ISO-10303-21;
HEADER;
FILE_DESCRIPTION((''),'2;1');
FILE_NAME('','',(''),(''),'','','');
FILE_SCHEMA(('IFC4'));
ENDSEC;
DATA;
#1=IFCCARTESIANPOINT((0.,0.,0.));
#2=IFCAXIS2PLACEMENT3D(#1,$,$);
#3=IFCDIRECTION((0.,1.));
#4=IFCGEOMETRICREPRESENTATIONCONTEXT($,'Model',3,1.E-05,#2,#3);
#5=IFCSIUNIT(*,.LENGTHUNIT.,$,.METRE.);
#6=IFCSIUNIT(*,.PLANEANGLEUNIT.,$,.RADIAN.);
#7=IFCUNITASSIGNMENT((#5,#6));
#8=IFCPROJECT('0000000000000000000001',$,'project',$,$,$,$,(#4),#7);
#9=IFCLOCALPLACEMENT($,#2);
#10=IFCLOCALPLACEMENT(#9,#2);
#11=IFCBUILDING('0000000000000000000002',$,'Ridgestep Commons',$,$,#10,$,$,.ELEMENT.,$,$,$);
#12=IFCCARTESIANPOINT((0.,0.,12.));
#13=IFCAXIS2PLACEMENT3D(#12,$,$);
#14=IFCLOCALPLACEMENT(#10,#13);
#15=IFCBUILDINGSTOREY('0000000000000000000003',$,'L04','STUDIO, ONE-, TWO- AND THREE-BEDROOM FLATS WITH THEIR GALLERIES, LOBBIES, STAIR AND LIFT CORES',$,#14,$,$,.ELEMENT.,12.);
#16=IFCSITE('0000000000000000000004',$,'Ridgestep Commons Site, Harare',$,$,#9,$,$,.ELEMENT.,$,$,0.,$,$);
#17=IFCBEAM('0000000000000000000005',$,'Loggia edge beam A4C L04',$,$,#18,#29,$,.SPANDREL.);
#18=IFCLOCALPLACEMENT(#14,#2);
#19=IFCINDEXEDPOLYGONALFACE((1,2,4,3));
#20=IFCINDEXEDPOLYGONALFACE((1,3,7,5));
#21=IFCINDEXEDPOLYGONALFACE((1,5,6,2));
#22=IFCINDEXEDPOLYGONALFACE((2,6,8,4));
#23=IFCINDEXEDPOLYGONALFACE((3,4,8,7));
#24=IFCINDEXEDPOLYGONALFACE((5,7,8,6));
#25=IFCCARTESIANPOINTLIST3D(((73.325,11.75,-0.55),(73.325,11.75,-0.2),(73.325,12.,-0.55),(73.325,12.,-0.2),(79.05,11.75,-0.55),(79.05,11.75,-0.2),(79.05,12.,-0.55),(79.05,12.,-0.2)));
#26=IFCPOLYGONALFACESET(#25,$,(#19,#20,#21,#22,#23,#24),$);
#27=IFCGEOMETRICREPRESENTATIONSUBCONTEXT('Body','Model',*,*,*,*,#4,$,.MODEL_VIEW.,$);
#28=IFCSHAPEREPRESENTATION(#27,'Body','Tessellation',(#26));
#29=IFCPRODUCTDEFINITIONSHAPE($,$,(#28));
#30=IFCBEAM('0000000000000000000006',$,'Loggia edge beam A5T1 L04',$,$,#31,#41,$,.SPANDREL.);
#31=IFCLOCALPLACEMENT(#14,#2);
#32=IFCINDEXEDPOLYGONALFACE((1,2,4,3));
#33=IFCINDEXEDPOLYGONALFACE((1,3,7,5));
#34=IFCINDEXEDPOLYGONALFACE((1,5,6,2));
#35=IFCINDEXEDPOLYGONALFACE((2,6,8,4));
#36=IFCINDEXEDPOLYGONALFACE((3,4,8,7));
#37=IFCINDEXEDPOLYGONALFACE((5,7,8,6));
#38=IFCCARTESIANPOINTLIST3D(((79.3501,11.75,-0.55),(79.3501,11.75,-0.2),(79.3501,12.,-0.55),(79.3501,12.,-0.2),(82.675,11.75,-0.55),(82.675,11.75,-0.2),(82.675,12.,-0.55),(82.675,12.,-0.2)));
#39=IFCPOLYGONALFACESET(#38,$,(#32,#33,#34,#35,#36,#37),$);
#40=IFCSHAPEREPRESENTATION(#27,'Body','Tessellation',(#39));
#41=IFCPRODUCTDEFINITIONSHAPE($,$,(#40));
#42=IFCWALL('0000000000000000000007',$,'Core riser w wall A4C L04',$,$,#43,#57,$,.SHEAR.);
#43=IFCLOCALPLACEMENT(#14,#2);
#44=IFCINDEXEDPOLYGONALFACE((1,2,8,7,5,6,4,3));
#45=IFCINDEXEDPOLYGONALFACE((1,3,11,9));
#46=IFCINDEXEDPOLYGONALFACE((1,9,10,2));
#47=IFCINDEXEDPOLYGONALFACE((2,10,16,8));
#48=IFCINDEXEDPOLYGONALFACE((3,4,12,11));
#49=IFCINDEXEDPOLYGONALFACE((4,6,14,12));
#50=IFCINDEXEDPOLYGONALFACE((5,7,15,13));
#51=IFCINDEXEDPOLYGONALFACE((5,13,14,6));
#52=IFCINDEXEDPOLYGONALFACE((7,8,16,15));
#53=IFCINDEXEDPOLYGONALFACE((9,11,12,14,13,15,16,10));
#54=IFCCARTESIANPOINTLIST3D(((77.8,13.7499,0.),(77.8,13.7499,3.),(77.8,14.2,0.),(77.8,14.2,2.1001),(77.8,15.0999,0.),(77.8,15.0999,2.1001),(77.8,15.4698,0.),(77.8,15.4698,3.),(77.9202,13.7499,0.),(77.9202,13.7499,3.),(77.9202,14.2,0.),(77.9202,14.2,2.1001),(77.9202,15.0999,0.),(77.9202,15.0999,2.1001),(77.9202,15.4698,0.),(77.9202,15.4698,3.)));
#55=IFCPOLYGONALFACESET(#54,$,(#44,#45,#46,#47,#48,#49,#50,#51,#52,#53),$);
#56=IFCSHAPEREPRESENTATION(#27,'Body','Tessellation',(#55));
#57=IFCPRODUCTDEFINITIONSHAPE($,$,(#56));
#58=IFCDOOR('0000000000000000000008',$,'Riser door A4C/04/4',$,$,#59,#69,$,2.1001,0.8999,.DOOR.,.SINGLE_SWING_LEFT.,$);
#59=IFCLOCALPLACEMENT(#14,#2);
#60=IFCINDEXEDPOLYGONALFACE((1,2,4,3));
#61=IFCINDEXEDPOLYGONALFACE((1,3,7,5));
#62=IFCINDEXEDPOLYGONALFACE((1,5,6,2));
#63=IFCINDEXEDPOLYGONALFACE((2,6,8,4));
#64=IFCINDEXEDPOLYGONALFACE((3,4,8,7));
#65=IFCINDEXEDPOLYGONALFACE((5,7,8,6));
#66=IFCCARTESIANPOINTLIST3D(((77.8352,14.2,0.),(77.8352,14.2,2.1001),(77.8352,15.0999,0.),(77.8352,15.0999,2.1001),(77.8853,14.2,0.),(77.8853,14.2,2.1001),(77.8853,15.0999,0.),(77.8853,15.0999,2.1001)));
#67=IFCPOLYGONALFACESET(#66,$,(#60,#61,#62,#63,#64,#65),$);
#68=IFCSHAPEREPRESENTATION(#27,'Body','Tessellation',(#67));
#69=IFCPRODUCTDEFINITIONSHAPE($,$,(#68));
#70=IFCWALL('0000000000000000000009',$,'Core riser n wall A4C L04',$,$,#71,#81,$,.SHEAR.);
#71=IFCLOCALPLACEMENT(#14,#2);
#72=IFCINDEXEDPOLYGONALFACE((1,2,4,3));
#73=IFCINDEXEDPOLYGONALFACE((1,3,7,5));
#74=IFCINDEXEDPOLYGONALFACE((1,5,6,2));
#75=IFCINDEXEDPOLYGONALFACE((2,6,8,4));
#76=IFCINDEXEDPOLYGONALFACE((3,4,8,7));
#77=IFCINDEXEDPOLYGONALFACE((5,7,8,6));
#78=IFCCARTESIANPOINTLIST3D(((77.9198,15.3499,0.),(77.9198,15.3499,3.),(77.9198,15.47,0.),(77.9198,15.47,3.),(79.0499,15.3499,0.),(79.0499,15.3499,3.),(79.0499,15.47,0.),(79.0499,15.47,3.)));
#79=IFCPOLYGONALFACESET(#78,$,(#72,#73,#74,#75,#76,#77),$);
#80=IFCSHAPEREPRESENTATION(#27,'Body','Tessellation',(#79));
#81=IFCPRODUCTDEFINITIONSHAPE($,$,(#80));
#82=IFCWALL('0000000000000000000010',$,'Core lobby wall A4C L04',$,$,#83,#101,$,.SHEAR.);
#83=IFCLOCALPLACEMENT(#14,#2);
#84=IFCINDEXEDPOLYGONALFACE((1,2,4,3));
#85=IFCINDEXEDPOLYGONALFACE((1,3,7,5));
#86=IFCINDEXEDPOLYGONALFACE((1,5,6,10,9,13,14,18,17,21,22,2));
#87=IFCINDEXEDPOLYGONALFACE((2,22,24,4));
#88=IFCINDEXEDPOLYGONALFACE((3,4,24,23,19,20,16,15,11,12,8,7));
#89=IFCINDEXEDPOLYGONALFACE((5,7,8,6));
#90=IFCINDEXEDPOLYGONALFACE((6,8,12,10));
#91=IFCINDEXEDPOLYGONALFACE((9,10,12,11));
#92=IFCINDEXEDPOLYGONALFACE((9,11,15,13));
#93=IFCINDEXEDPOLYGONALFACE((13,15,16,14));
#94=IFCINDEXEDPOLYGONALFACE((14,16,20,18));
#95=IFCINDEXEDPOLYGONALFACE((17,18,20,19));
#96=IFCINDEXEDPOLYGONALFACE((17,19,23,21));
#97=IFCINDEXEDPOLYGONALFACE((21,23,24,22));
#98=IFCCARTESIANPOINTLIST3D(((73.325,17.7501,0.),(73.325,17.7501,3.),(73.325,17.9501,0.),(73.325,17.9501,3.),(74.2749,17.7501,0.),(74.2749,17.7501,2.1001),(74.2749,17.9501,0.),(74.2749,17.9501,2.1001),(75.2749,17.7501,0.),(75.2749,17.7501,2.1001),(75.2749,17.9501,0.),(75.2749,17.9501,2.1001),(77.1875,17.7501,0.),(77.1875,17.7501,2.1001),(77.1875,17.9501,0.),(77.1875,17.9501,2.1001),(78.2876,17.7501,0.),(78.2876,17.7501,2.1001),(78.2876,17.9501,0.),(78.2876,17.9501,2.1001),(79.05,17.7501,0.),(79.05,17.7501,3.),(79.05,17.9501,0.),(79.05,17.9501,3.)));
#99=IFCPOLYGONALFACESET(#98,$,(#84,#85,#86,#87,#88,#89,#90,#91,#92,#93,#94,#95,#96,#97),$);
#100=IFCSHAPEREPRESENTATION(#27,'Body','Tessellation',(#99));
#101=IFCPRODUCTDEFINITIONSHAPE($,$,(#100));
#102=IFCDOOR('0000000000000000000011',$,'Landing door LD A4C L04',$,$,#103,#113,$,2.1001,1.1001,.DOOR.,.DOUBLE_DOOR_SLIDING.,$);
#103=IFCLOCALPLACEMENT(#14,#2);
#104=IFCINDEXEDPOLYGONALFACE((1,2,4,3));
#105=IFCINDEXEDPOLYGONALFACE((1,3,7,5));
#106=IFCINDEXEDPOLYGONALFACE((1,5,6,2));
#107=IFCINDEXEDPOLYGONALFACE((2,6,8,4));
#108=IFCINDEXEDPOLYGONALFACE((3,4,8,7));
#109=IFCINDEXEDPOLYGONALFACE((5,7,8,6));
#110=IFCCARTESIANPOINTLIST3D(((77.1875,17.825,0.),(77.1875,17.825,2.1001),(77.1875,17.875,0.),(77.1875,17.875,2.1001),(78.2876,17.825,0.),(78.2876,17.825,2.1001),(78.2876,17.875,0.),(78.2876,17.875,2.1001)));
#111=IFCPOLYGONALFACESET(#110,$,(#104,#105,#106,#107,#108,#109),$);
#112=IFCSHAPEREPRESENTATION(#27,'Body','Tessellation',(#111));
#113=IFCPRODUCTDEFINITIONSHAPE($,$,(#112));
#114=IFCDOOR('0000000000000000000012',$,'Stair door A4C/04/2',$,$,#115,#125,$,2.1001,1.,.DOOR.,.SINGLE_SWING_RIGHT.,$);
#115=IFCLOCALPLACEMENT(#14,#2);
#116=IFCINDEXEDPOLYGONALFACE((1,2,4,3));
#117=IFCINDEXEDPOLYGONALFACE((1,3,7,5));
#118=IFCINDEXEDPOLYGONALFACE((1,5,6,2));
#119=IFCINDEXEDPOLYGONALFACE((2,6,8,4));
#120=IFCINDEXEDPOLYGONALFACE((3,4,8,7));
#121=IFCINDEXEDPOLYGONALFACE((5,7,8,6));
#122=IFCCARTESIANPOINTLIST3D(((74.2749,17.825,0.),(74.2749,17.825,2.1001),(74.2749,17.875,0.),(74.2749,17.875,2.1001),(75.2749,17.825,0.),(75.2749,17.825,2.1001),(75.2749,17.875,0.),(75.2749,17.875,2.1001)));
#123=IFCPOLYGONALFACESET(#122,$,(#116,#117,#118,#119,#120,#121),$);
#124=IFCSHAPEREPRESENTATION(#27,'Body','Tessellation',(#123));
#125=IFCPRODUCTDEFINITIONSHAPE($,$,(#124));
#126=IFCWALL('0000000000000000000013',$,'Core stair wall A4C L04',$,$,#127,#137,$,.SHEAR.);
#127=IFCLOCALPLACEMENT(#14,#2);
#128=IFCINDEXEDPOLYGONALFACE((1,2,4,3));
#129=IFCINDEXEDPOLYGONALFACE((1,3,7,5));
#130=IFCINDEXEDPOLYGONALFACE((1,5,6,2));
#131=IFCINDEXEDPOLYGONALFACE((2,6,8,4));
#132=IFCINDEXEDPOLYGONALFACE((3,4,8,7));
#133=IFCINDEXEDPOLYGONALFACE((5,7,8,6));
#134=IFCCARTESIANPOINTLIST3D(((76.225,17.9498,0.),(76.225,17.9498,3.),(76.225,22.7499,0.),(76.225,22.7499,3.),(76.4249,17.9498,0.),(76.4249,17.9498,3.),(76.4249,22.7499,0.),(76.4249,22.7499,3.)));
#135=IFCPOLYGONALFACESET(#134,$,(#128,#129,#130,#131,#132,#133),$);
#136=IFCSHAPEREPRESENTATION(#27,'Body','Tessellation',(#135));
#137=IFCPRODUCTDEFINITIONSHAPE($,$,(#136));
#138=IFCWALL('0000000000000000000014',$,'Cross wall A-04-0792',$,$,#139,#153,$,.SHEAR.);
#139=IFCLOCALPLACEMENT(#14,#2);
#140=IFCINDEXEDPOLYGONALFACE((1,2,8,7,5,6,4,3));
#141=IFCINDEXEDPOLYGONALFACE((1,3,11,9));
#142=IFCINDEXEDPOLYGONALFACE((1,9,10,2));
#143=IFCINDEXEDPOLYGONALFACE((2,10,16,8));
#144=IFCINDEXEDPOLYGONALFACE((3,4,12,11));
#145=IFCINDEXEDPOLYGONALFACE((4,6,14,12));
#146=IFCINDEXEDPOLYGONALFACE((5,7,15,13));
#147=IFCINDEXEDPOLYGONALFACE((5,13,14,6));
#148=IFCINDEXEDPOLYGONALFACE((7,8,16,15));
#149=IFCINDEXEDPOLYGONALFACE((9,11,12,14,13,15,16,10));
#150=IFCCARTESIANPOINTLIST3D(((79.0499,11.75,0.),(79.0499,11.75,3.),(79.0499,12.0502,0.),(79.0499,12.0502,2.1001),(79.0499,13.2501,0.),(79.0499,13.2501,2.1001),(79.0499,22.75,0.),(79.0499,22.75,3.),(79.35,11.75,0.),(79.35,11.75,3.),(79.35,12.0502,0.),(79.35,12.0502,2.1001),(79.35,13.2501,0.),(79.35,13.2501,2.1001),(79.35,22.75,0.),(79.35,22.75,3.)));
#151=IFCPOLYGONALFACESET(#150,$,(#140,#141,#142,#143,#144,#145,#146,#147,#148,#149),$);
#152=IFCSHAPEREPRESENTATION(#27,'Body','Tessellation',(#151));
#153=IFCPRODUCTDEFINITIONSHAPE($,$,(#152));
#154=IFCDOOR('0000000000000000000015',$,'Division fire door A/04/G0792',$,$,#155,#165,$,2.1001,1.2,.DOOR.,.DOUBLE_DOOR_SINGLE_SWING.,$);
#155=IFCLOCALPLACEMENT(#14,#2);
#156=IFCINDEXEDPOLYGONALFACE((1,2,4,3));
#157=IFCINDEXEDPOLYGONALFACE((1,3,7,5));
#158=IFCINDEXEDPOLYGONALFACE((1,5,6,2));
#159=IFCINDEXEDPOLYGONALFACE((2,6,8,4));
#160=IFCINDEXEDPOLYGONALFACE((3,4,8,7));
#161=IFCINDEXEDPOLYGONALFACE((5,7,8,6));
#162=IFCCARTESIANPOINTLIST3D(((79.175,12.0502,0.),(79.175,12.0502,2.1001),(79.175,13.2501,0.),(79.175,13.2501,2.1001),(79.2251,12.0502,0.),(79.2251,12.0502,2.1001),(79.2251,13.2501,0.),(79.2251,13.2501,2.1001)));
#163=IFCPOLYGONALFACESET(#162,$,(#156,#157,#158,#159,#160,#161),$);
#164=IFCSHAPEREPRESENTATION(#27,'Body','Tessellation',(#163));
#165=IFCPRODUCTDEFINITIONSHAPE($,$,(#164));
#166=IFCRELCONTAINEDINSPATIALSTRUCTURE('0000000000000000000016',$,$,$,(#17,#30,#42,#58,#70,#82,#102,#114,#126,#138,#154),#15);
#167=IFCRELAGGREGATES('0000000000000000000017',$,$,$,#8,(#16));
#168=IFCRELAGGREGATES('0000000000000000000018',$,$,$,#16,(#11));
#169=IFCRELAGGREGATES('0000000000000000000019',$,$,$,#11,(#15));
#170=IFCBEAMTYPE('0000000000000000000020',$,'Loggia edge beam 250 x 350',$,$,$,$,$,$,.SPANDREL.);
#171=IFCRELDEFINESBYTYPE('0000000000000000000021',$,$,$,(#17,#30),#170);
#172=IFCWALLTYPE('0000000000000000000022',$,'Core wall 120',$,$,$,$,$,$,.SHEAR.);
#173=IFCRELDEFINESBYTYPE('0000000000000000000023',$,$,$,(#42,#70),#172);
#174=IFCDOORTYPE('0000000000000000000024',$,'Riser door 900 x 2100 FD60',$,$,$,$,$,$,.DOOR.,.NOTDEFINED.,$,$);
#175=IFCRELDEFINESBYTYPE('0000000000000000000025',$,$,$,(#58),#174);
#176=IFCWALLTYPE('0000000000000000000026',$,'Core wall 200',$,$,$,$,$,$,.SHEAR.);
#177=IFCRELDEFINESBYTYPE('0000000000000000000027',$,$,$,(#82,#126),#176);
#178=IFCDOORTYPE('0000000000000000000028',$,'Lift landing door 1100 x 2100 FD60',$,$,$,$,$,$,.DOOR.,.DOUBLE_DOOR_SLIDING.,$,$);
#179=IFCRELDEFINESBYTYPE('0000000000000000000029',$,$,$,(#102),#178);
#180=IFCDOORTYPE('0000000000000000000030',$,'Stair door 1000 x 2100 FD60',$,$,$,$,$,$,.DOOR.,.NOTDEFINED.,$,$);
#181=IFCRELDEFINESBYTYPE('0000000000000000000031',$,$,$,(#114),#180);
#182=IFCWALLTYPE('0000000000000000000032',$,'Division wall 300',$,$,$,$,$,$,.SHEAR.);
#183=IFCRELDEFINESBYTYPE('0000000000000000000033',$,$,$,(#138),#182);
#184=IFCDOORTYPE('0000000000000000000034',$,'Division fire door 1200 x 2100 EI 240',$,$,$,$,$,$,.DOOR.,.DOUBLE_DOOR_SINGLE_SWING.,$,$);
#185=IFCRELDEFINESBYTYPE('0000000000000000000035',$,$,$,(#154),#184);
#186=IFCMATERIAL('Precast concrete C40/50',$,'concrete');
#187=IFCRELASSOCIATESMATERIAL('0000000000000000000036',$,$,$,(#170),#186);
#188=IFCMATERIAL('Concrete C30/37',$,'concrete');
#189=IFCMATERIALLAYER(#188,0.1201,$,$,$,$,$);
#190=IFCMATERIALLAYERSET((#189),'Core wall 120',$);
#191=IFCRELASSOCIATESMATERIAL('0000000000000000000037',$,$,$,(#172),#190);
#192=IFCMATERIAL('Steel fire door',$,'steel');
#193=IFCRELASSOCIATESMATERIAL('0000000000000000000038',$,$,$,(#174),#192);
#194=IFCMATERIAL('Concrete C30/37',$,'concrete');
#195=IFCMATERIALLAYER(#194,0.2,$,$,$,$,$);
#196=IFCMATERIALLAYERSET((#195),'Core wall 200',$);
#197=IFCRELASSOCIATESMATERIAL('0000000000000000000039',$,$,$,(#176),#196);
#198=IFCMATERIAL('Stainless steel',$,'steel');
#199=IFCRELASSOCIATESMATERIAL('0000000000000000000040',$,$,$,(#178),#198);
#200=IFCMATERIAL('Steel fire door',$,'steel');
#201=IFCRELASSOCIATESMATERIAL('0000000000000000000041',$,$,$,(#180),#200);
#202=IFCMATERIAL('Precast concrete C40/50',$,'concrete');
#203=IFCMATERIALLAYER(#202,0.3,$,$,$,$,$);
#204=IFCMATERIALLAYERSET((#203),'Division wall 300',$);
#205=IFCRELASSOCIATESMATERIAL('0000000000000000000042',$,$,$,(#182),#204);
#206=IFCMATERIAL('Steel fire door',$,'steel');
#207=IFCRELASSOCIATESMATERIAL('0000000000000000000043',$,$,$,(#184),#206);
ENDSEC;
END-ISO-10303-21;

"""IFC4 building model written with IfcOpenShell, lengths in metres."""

from ifc_helpers import new_model, si_unit, direction, frame, frame_2d, origin, origin_2d, place, context, subcontext, project, spatial, rectangle, extrude, material, layer, layer_set, material_profile, profile_set, type_object, element, fill, save


model = new_model("IFC4")

# Units and contexts
model_context = context("Model", 3, precision=1e-05, world=origin(), true_north=direction((0.0, 1.0)))
body_context = subcontext(model_context, "Body", "Model", "MODEL_VIEW")
ifc_project = project(units=[si_unit("LENGTHUNIT", "METRE"), si_unit("PLANEANGLEUNIT", "RADIAN")], contexts=[model_context])

# Site, building, storey
site_placement = place(None, origin())
site = spatial("IfcSite", under=ifc_project, at=site_placement, Name="Ridgestep Commons Site, Harare", CompositionType="ELEMENT", RefElevation=0.0)
building_placement = place(site_placement, origin())
building = spatial("IfcBuilding", under=site, at=building_placement, Name="Ridgestep Commons", CompositionType="ELEMENT")
storey_placement = place(building_placement, frame((0.0, 0.0, 12.0)))
storey = spatial("IfcBuildingStorey", under=building, at=storey_placement, Name="L04", Description="STUDIO, ONE-, TWO- AND THREE-BEDROOM FLATS WITH THEIR GALLERIES, LOBBIES, STAIR AND LIFT CORES", CompositionType="ELEMENT", Elevation=12.0)

# Beams
ifc_material_1 = material(Name="Precast concrete C40/50", Category="concrete")
ifc_material_profile = material_profile(ifc_material_1, rectangle(XDim=0.25, YDim=0.3501, at=origin_2d()), Name="PC 250x350")
ifc_profile_set = profile_set([ifc_material_profile], Name="Precast concrete C40/50")
beam_type = type_object("IfcBeamType", Name="Loggia edge beam 250 x 350", PredefinedType="SPANDREL", material=ifc_profile_set)
beam_1_placement = place(storey_placement, frame((73.325, 11.875, -0.375), z_axis=(1.0, 0.0, 0.0), x_axis=(0.0, 1.0, 0.0)))
element("IfcBeam", 1, at=beam_1_placement, inside=storey, type_object=beam_type, Name="Loggia edge beam A4C L04", PredefinedType="SPANDREL", context=body_context, shape_type="SweptSolid", body=[
    extrude(rectangle(XDim=0.25, YDim=0.3501, at=origin_2d()), origin(), (0.0, 0.0, 1.0), 5.7251),
])
beam_2_placement = place(storey_placement, frame((79.3501, 11.875, -0.375), z_axis=(1.0, 0.0, 0.0), x_axis=(0.0, 1.0, 0.0)))
element("IfcBeam", 2, at=beam_2_placement, inside=storey, type_object=beam_type, Name="Loggia edge beam A5T1 L04", PredefinedType="SPANDREL", context=body_context, shape_type="SweptSolid", body=[
    extrude(rectangle(XDim=0.25, YDim=0.3501, at=origin_2d()), origin(), (0.0, 0.0, 1.0), 3.325),
])

# Wall, opening, door
ifc_material_2 = material(Name="Concrete C30/37", Category="concrete")
ifc_layer_1 = layer(ifc_material_2, 0.1201)
ifc_layer_set_1 = layer_set([ifc_layer_1], Name="Core wall 120")
wall_type_1 = type_object("IfcWallType", Name="Core wall 120", PredefinedType="SHEAR", material=ifc_layer_set_1)
wall_1_placement = place(storey_placement, frame((77.8601, 13.75, 0.0), z_axis=(0.0, 0.0, 1.0), x_axis=(0.0, 1.0, 0.0)))
wall_1 = element("IfcWall", 3, at=wall_1_placement, inside=storey, type_object=wall_type_1, Name="Core riser w wall A4C L04", PredefinedType="SHEAR", context=body_context, shape_type="SweptSolid", body=[
    extrude(rectangle(XDim=1.72, YDim=0.1201, at=frame_2d((0.8599, 0.0))), origin(), (0.0, 0.0, 1.0), 3.0),
])
opening_1_placement = place(wall_1_placement, frame((0.45, 0.0, 0.0)))
opening_1 = element("IfcOpeningElement", 4, at=opening_1_placement, cuts=wall_1, PredefinedType="OPENING", context=body_context, shape_type="SweptSolid", body=[
    extrude(rectangle(XDim=0.8999, YDim=2.1001, at=frame_2d((0.45, 1.05))), frame((0.0, 0.0701, 0.0), z_axis=(0.0, -1.0, 0.0), x_axis=(1.0, 0.0, 0.0)), (0.0, 0.0, 1.0), 0.1401),
])
ifc_material_3 = material(Name="Steel fire door", Category="steel")
door_type_1 = type_object("IfcDoorType", Name="Riser door 900 x 2100 FD60", OperationType="NOTDEFINED", PredefinedType="DOOR", material=ifc_material_3)
door_1_placement = place(opening_1_placement, origin())
door_1 = element("IfcDoor", 5, at=door_1_placement, inside=storey, type_object=door_type_1, Name="Riser door A4C/04/4", OperationType="SINGLE_SWING_LEFT", OverallHeight=2.1001, OverallWidth=0.8999, PredefinedType="DOOR", context=body_context, shape_type="SweptSolid", body=[
    extrude(rectangle(XDim=0.8999, YDim=2.1001, at=frame_2d((0.45, 1.05))), frame((0.0, 0.0249, 0.0), z_axis=(0.0, -1.0, 0.0), x_axis=(1.0, 0.0, 0.0)), (0.0, 0.0, 1.0), 0.05),
])
fill(opening_1, door_1)

# Wall
wall_2_placement = place(storey_placement, frame((77.9199, 15.4099, 0.0), z_axis=(0.0, 0.0, 1.0), x_axis=(1.0, 0.0, 0.0)))
element("IfcWall", 6, at=wall_2_placement, inside=storey, type_object=wall_type_1, Name="Core riser n wall A4C L04", PredefinedType="SHEAR", context=body_context, shape_type="SweptSolid", body=[
    extrude(rectangle(XDim=1.1301, YDim=0.1201, at=frame_2d((0.5649, 0.0))), origin(), (0.0, 0.0, 1.0), 3.0),
])

# Wall, openings, doors
ifc_material_4 = material(Name="Concrete C30/37", Category="concrete")
ifc_layer_2 = layer(ifc_material_4, 0.2)
ifc_layer_set_2 = layer_set([ifc_layer_2], Name="Core wall 200")
wall_type_2 = type_object("IfcWallType", Name="Core wall 200", PredefinedType="SHEAR", material=ifc_layer_set_2)
wall_3_placement = place(storey_placement, frame((73.325, 17.8501, 0.0), z_axis=(0.0, 0.0, 1.0), x_axis=(1.0, 0.0, 0.0)))
wall_3 = element("IfcWall", 7, at=wall_3_placement, inside=storey, type_object=wall_type_2, Name="Core lobby wall A4C L04", PredefinedType="SHEAR", context=body_context, shape_type="SweptSolid", body=[
    extrude(rectangle(XDim=5.7251, YDim=0.2, at=frame_2d((2.8625, 0.0))), origin(), (0.0, 0.0, 1.0), 3.0),
])
opening_2_placement = place(wall_3_placement, frame((0.95, 0.0, 0.0)))
opening_2 = element("IfcOpeningElement", 8, at=opening_2_placement, cuts=wall_3, PredefinedType="OPENING", context=body_context, shape_type="SweptSolid", body=[
    extrude(rectangle(XDim=1.0, YDim=2.1001, at=frame_2d((0.5, 1.05))), frame((0.0, 0.1099, 0.0), z_axis=(0.0, -1.0, 0.0), x_axis=(1.0, 0.0, 0.0)), (0.0, 0.0, 1.0), 0.22),
])
opening_3_placement = place(wall_3_placement, frame((3.8625, 0.0, 0.0)))
opening_3 = element("IfcOpeningElement", 9, at=opening_3_placement, cuts=wall_3, PredefinedType="OPENING", context=body_context, shape_type="SweptSolid", body=[
    extrude(rectangle(XDim=1.1001, YDim=2.1001, at=frame_2d((0.55, 1.05))), frame((0.0, 0.1099, 0.0), z_axis=(0.0, -1.0, 0.0), x_axis=(1.0, 0.0, 0.0)), (0.0, 0.0, 1.0), 0.22),
])
ifc_material_5 = material(Name="Stainless steel", Category="steel")
door_type_2 = type_object("IfcDoorType", Name="Lift landing door 1100 x 2100 FD60", OperationType="DOUBLE_DOOR_SLIDING", PredefinedType="DOOR", material=ifc_material_5)
door_2_placement = place(opening_3_placement, origin())
door_2 = element("IfcDoor", 10, at=door_2_placement, inside=storey, type_object=door_type_2, Name="Landing door LD A4C L04", OperationType="DOUBLE_DOOR_SLIDING", OverallHeight=2.1001, OverallWidth=1.1001, PredefinedType="DOOR", context=body_context, shape_type="SweptSolid", body=[
    extrude(rectangle(XDim=1.1001, YDim=2.1001, at=frame_2d((0.55, 1.05))), frame((0.0, 0.0249, 0.0), z_axis=(0.0, -1.0, 0.0), x_axis=(1.0, 0.0, 0.0)), (0.0, 0.0, 1.0), 0.05),
])
fill(opening_3, door_2)
ifc_material_6 = material(Name="Steel fire door", Category="steel")
door_type_3 = type_object("IfcDoorType", Name="Stair door 1000 x 2100 FD60", OperationType="NOTDEFINED", PredefinedType="DOOR", material=ifc_material_6)
door_3_placement = place(opening_2_placement, origin())
door_3 = element("IfcDoor", 11, at=door_3_placement, inside=storey, type_object=door_type_3, Name="Stair door A4C/04/2", OperationType="SINGLE_SWING_RIGHT", OverallHeight=2.1001, OverallWidth=1.0, PredefinedType="DOOR", context=body_context, shape_type="SweptSolid", body=[
    extrude(rectangle(XDim=1.0, YDim=2.1001, at=frame_2d((0.5, 1.05))), frame((0.0, 0.0249, 0.0), z_axis=(0.0, -1.0, 0.0), x_axis=(1.0, 0.0, 0.0)), (0.0, 0.0, 1.0), 0.05),
])
fill(opening_2, door_3)

# Wall
wall_4_placement = place(storey_placement, frame((76.325, 17.95, 0.0), z_axis=(0.0, 0.0, 1.0), x_axis=(0.0, 1.0, 0.0)))
element("IfcWall", 12, at=wall_4_placement, inside=storey, type_object=wall_type_2, Name="Core stair wall A4C L04", PredefinedType="SHEAR", context=body_context, shape_type="SweptSolid", body=[
    extrude(rectangle(XDim=4.8, YDim=0.2, at=frame_2d((2.3999, 0.0))), origin(), (0.0, 0.0, 1.0), 3.0),
])

# Wall, opening, door
ifc_material_7 = material(Name="Precast concrete C40/50", Category="concrete")
ifc_layer_3 = layer(ifc_material_7, 0.3)
ifc_layer_set_3 = layer_set([ifc_layer_3], Name="Division wall 300")
wall_type_3 = type_object("IfcWallType", Name="Division wall 300", PredefinedType="SHEAR", material=ifc_layer_set_3)
wall_5_placement = place(storey_placement, frame((79.2, 11.75, 0.0), z_axis=(0.0, 0.0, 1.0), x_axis=(0.0, 1.0, 0.0)))
wall_5 = element("IfcWall", 13, at=wall_5_placement, inside=storey, type_object=wall_type_3, Name="Cross wall A-04-0792", PredefinedType="SHEAR", context=body_context, shape_type="SweptSolid", body=[
    extrude(rectangle(XDim=11.0, YDim=0.3, at=frame_2d((5.5, 0.0))), origin(), (0.0, 0.0, 1.0), 3.0),
])
opening_4_placement = place(wall_5_placement, frame((0.3, 0.0, 0.0)))
opening_4 = element("IfcOpeningElement", 14, at=opening_4_placement, cuts=wall_5, PredefinedType="OPENING", context=body_context, shape_type="SweptSolid", body=[
    extrude(rectangle(XDim=1.2, YDim=2.1001, at=frame_2d((0.6001, 1.05))), frame((0.0, 0.1599, 0.0), z_axis=(0.0, -1.0, 0.0), x_axis=(1.0, 0.0, 0.0)), (0.0, 0.0, 1.0), 0.3201),
])
ifc_material_8 = material(Name="Steel fire door", Category="steel")
door_type_4 = type_object("IfcDoorType", Name="Division fire door 1200 x 2100 EI 240", OperationType="DOUBLE_DOOR_SINGLE_SWING", PredefinedType="DOOR", material=ifc_material_8)
door_4_placement = place(opening_4_placement, origin())
door_4 = element("IfcDoor", 15, at=door_4_placement, inside=storey, type_object=door_type_4, Name="Division fire door A/04/G0792", OperationType="DOUBLE_DOOR_SINGLE_SWING", OverallHeight=2.1001, OverallWidth=1.2, PredefinedType="DOOR", context=body_context, shape_type="SweptSolid", body=[
    extrude(rectangle(XDim=1.2, YDim=2.1001, at=frame_2d((0.6001, 1.05))), frame((0.0, 0.0249, 0.0), z_axis=(0.0, -1.0, 0.0), x_axis=(1.0, 0.0, 0.0)), (0.0, 0.0, 1.0), 0.05),
])
fill(opening_4, door_4)

save(model, "model.ifc")
